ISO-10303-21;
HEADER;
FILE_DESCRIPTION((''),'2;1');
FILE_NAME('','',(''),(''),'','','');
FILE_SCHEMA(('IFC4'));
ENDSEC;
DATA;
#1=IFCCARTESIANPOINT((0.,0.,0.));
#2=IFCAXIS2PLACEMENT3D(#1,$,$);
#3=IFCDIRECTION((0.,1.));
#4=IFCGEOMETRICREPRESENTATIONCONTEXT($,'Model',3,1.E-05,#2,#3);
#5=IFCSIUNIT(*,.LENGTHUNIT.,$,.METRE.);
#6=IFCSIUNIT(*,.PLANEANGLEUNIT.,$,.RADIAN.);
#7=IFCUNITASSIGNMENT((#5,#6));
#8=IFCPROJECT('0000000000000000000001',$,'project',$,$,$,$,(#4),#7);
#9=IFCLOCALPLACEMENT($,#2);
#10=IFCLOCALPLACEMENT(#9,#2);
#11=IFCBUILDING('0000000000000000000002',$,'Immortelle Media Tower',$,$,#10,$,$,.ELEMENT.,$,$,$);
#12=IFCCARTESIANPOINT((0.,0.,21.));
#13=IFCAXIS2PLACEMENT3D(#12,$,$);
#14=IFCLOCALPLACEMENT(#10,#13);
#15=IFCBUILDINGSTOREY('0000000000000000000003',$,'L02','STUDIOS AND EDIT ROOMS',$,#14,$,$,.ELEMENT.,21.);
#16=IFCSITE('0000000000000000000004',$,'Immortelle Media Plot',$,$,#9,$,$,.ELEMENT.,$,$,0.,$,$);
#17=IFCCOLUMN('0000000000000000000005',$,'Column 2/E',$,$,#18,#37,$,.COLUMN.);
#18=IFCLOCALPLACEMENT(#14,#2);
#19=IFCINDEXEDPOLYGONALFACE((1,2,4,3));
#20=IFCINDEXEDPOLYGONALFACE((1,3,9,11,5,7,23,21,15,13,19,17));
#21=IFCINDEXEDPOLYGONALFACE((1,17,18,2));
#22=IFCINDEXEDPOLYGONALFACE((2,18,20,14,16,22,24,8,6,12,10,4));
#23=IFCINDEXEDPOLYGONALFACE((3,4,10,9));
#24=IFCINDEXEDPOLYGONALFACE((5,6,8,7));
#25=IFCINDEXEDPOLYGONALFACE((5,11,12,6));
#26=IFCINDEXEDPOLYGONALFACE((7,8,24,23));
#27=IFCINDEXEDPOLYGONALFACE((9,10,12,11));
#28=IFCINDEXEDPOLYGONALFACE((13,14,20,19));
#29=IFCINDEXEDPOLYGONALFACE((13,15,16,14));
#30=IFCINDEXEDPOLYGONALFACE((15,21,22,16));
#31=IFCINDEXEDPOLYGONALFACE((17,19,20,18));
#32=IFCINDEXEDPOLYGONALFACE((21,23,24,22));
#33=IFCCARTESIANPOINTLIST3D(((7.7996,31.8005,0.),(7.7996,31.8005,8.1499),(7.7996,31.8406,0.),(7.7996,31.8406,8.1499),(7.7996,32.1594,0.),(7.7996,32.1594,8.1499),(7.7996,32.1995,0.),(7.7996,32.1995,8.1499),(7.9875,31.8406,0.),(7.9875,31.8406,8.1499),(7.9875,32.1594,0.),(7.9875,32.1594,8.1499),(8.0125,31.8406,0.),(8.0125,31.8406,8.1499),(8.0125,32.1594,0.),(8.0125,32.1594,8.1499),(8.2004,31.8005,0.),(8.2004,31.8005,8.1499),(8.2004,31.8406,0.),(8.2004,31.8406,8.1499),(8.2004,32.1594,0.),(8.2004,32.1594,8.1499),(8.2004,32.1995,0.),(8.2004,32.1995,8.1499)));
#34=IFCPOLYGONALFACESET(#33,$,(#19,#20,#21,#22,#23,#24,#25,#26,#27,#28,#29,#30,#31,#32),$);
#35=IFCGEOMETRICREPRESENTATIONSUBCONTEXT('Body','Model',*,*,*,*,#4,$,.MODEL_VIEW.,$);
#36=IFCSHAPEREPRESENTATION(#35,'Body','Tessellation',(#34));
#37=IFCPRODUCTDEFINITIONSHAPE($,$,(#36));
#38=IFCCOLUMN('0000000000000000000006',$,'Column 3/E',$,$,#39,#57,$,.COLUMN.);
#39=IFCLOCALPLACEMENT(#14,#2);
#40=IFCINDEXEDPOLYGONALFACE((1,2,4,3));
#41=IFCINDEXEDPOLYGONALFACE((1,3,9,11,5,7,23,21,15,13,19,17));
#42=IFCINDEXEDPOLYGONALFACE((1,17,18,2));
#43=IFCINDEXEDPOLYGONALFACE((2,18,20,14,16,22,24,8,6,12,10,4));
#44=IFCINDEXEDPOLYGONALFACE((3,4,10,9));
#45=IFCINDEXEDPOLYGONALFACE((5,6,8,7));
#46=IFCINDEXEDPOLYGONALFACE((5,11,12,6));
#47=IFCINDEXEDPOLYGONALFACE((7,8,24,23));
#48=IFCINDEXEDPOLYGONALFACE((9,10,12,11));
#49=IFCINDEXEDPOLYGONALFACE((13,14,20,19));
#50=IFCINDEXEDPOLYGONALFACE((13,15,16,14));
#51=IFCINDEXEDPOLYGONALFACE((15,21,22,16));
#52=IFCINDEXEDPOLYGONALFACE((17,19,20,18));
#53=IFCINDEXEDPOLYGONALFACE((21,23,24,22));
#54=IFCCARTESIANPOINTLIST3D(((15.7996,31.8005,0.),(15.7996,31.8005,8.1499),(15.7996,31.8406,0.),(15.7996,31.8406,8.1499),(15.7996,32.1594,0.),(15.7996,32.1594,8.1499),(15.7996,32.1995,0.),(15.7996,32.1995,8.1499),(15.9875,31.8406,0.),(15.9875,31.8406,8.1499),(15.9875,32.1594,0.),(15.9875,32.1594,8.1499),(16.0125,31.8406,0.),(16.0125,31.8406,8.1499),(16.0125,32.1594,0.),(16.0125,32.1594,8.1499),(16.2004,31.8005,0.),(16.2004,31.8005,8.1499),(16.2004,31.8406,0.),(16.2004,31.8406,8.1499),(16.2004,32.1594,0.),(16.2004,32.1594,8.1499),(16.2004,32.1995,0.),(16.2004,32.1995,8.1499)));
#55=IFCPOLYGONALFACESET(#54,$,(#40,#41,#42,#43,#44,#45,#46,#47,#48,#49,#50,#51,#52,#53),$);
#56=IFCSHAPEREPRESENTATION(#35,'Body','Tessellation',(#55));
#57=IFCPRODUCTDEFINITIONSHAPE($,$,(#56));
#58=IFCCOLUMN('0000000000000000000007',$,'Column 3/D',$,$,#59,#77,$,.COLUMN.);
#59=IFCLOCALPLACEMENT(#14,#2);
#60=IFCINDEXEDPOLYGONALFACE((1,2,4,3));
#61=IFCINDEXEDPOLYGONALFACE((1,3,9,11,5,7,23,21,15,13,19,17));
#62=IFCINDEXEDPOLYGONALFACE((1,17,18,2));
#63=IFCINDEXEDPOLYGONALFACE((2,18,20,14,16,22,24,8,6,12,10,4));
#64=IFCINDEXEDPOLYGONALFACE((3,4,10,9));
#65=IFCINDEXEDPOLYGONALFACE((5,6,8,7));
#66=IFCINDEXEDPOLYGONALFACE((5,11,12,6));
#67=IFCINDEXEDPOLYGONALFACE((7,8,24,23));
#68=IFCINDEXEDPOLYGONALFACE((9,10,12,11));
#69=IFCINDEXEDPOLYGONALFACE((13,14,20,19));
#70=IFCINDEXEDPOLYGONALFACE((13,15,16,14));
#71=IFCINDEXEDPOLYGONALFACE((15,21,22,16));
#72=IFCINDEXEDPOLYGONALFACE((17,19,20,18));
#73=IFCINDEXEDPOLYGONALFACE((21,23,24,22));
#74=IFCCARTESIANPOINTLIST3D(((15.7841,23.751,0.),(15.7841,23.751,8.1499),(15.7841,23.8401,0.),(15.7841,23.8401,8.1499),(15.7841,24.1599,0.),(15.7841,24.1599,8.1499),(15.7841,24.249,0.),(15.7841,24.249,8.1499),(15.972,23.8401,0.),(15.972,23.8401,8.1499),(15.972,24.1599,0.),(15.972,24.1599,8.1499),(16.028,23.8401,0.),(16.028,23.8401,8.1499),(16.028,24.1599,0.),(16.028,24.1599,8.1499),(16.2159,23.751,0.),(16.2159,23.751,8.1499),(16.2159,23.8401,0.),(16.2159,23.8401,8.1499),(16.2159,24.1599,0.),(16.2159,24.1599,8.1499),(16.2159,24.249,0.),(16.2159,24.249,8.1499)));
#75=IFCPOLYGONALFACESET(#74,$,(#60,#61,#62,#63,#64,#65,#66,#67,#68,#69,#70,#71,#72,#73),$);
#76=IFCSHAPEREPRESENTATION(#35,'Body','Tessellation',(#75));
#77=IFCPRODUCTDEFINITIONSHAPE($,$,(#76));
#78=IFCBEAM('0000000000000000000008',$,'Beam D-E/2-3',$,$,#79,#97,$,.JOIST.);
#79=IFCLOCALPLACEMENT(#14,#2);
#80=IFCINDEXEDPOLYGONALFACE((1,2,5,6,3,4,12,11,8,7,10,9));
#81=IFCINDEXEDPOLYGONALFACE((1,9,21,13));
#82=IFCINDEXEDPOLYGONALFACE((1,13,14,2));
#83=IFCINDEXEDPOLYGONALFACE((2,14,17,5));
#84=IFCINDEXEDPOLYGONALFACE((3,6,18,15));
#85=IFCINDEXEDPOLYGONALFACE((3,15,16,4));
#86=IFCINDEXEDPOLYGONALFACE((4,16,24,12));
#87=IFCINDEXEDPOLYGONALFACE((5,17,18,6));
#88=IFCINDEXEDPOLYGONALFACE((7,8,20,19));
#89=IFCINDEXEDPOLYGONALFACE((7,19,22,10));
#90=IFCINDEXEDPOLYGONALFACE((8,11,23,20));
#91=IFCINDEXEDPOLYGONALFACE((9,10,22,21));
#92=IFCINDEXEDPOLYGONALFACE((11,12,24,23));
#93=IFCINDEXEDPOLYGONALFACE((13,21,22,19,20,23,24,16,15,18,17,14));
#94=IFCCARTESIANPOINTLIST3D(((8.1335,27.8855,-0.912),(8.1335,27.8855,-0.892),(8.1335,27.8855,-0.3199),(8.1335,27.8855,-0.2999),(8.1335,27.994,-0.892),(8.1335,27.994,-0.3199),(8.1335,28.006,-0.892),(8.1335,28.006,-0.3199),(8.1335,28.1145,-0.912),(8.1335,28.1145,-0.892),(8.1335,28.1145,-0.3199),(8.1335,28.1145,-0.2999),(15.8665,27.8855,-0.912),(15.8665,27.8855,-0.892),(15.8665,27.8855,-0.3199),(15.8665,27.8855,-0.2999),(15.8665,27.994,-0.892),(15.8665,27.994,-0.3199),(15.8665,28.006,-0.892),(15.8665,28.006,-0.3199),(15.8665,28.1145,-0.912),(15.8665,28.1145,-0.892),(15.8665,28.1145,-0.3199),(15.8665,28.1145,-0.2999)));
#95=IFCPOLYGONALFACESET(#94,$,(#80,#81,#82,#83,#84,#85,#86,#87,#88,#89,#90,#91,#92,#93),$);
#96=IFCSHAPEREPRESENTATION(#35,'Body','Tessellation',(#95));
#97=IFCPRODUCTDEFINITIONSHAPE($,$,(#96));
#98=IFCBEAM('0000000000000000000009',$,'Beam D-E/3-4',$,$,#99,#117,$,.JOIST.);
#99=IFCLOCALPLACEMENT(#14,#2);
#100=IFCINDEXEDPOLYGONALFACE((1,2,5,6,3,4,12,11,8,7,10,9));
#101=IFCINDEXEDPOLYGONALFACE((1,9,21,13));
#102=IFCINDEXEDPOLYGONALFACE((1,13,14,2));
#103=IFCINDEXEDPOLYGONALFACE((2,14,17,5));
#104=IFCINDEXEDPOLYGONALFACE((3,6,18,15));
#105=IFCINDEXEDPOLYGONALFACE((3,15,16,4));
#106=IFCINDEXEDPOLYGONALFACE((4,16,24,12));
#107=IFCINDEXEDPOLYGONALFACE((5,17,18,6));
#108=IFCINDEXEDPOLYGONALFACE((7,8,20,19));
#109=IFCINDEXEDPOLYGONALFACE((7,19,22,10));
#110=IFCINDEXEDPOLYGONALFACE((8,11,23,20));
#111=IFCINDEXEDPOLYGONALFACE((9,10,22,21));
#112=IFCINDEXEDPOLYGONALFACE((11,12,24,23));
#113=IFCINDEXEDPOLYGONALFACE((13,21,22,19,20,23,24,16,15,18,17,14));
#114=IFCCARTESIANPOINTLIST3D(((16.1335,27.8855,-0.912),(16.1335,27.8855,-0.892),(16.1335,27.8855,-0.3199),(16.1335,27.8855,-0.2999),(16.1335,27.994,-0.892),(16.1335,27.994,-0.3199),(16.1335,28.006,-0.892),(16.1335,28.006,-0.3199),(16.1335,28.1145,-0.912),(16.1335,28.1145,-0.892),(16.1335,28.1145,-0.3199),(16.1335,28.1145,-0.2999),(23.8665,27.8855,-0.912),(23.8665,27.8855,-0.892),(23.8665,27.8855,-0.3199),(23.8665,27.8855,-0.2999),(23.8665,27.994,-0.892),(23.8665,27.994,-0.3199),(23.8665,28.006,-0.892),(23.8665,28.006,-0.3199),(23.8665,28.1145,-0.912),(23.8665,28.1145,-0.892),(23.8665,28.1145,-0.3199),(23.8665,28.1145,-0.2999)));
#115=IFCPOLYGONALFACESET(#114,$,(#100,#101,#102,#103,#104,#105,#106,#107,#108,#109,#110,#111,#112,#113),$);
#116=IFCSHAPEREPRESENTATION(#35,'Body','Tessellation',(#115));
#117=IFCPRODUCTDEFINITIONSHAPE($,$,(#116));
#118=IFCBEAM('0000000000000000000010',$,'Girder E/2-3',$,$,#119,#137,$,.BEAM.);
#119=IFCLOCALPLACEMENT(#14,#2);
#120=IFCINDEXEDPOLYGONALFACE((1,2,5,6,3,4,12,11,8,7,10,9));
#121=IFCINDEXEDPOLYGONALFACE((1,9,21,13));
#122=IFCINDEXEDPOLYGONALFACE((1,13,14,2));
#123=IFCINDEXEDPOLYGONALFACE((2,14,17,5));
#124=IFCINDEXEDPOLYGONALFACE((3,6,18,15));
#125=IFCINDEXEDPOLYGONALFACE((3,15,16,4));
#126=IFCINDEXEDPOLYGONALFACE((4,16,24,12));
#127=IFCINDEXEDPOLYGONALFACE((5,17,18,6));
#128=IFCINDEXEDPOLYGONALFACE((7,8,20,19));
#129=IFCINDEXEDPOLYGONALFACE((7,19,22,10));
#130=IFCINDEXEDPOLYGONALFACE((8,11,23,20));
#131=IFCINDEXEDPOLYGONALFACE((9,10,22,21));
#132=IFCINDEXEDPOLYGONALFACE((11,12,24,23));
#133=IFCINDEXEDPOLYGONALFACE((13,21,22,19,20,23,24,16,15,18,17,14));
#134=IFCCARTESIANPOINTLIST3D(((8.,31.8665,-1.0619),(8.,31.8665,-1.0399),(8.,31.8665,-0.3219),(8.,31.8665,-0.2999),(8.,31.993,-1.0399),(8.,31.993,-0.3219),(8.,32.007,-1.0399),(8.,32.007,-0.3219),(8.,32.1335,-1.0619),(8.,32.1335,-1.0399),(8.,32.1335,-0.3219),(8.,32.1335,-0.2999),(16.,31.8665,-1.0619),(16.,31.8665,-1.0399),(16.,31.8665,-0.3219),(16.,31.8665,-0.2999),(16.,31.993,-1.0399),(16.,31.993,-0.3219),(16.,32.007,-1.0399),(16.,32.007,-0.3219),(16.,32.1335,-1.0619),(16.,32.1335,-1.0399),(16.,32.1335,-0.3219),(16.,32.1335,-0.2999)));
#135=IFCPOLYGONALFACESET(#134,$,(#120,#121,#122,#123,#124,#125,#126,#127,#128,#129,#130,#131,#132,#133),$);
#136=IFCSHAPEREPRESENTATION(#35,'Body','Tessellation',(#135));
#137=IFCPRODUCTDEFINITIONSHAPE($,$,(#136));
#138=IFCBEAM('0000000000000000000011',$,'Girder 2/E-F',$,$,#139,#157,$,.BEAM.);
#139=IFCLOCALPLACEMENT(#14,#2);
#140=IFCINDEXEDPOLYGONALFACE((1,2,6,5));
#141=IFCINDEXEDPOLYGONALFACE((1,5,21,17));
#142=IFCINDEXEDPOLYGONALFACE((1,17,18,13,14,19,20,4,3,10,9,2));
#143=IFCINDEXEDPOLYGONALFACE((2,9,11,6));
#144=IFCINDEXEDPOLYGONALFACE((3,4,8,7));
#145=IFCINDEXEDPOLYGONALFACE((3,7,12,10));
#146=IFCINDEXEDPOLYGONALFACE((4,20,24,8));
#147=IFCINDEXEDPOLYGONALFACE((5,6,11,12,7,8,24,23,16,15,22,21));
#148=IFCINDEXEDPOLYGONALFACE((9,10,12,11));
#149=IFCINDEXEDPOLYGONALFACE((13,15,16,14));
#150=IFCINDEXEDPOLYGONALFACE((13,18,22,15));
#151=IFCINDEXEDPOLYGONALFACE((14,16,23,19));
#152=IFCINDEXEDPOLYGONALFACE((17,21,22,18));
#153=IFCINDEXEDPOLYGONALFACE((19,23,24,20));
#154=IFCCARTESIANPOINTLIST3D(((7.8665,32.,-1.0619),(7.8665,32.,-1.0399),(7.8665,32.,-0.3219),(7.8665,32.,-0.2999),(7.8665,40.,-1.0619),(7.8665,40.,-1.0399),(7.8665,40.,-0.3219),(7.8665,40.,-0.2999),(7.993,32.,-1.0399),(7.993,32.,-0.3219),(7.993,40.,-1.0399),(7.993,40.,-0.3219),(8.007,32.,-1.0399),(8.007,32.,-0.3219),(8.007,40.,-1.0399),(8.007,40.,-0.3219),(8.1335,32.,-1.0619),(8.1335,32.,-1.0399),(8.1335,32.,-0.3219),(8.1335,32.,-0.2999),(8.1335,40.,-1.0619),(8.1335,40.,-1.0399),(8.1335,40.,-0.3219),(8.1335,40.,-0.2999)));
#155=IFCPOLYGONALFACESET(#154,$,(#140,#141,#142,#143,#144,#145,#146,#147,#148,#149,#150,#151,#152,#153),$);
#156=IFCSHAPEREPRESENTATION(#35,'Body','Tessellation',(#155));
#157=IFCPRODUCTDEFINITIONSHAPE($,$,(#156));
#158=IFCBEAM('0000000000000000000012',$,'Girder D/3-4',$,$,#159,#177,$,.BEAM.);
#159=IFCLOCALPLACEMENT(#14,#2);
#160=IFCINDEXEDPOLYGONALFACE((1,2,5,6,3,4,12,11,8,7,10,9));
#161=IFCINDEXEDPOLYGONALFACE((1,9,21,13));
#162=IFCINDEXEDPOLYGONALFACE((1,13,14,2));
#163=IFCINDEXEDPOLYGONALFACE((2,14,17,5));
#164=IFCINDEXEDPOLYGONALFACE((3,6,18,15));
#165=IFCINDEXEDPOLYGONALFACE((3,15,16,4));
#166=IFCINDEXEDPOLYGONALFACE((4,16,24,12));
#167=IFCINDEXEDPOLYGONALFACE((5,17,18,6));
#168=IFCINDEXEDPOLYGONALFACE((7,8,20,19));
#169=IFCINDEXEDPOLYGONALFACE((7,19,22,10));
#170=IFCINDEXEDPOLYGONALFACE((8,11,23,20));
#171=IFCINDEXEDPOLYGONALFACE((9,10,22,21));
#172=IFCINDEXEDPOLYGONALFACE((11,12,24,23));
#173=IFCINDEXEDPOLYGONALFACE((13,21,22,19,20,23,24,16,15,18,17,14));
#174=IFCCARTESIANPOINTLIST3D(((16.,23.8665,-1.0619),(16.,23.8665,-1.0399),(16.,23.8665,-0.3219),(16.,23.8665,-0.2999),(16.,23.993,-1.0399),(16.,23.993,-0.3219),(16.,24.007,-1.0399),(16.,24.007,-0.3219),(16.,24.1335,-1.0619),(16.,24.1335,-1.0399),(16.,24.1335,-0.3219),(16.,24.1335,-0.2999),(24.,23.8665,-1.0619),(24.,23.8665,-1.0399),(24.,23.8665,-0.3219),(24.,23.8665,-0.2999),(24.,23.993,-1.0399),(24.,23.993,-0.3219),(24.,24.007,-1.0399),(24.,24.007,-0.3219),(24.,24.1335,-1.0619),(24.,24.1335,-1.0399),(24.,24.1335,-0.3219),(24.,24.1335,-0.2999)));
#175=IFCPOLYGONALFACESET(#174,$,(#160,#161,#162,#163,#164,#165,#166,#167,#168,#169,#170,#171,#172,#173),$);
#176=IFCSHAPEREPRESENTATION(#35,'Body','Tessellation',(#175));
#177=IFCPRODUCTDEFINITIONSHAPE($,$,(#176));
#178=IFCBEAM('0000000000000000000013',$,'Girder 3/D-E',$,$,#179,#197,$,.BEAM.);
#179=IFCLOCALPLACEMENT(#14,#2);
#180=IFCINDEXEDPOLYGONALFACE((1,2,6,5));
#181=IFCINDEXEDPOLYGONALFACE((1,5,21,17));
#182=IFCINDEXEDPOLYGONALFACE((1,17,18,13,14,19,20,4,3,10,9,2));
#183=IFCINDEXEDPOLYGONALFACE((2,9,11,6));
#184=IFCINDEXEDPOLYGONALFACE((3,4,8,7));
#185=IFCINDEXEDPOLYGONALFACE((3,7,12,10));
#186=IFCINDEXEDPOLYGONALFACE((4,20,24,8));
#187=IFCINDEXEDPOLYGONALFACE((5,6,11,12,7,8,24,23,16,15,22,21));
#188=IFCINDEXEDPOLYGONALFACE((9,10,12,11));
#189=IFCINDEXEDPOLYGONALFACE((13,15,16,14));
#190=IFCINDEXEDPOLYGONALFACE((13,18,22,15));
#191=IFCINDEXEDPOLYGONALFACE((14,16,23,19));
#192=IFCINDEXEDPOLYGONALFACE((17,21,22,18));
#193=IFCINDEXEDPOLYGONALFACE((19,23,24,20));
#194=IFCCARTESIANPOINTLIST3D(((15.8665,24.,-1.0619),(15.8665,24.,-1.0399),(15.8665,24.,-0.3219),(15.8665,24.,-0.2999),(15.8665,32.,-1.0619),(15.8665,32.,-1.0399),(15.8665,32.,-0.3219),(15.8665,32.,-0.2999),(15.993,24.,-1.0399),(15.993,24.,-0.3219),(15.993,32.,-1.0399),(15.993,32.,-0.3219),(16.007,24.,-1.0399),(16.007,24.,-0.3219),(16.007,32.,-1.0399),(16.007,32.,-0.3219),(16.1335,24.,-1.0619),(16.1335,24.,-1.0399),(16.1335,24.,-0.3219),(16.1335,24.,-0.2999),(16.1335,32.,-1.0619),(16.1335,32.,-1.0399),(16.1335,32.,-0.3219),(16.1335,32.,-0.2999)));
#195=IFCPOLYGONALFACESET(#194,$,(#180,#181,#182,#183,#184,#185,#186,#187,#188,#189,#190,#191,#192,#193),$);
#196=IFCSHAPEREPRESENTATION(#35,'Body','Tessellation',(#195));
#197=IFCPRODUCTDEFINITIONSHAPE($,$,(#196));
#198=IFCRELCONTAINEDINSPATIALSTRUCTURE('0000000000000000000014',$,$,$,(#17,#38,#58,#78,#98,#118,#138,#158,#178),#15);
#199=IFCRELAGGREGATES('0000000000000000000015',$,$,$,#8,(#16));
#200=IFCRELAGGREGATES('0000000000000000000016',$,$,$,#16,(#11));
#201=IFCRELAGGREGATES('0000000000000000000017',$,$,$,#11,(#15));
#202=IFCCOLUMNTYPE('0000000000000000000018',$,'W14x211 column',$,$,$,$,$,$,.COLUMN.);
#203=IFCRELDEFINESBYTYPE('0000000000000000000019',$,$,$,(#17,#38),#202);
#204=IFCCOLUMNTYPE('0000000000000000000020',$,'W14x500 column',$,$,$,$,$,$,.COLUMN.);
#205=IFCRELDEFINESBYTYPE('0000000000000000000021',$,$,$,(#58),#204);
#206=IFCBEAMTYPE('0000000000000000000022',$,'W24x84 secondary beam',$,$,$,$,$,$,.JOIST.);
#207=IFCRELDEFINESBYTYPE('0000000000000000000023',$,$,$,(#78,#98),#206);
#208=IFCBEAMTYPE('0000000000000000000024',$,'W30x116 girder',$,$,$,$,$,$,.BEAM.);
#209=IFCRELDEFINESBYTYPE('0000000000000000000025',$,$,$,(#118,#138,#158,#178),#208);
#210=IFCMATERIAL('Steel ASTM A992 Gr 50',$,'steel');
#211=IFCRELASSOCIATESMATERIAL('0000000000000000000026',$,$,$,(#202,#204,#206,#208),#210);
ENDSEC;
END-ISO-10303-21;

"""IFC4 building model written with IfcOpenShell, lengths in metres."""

from ifc_helpers import new_model, si_unit, direction, frame, origin, origin_2d, place, context, subcontext, project, spatial, i_section, extrude, material, material_profile, profile_set, type_object, element, save


model = new_model("IFC4")

# Units and contexts
model_context = context("Model", 3, precision=1e-05, world=origin(), true_north=direction((0.0, 1.0)))
body_context = subcontext(model_context, "Body", "Model", "MODEL_VIEW")
ifc_project = project(units=[si_unit("LENGTHUNIT", "METRE"), si_unit("PLANEANGLEUNIT", "RADIAN")], contexts=[model_context])

# Site, building, storey
site_placement = place(None, origin())
site = spatial("IfcSite", under=ifc_project, at=site_placement, Name="Immortelle Media Plot", CompositionType="ELEMENT", RefElevation=0.0)
building_placement = place(site_placement, origin())
building = spatial("IfcBuilding", under=site, at=building_placement, Name="Immortelle Media Tower", CompositionType="ELEMENT")
storey_placement = place(building_placement, frame((0.0, 0.0, 21.0)))
storey = spatial("IfcBuildingStorey", under=building, at=storey_placement, Name="L02", Description="STUDIOS AND EDIT ROOMS", CompositionType="ELEMENT", Elevation=21.0)

# Columns
ifc_material_1 = material(Name="Steel ASTM A992 Gr 50", Category="steel")
ifc_material_profile_1 = material_profile(ifc_material_1, i_section(OverallWidth=0.4009, OverallDepth=0.3989, WebThickness=0.0249, FlangeThickness=0.04, at=origin_2d()), Name="W14x211")
ifc_profile_set_1 = profile_set([ifc_material_profile_1], Name="Steel ASTM A992 Gr 50")
column_type_1 = type_object("IfcColumnType", Name="W14x211 column", PredefinedType="COLUMN", material=ifc_profile_set_1)
for number, where, z_axis, x_axis, name in (
    (1, (8.0, 32.0, 0.0), (0.0, 0.0, 1.0), (1.0, 0.0, 0.0), "Column 2/E"),
    (2, (16.0, 32.0, 0.0), (0.0, 0.0, 1.0), (1.0, 0.0, 0.0), "Column 3/E"),
):
    element("IfcColumn", number, at=place(storey_placement, frame(where, z_axis=z_axis, x_axis=x_axis)), inside=storey, type_object=column_type_1, Name=name, PredefinedType="COLUMN", context=body_context, shape_type="SweptSolid", body=[
        extrude(i_section(OverallWidth=0.4009, OverallDepth=0.3989, WebThickness=0.0249, FlangeThickness=0.04, at=origin_2d()), origin(), (0.0, 0.0, 1.0), 8.1499),
    ])
ifc_material_profile_2 = material_profile(ifc_material_1, i_section(OverallWidth=0.4319, OverallDepth=0.498, WebThickness=0.0559, FlangeThickness=0.0891, at=origin_2d()), Name="W14x500")
ifc_profile_set_2 = profile_set([ifc_material_profile_2], Name="Steel ASTM A992 Gr 50")
column_type_2 = type_object("IfcColumnType", Name="W14x500 column", PredefinedType="COLUMN", material=ifc_profile_set_2)
column_placement = place(storey_placement, frame((16.0, 24.0, 0.0), z_axis=(0.0, 0.0, 1.0), x_axis=(1.0, 0.0, 0.0)))
element("IfcColumn", 3, at=column_placement, inside=storey, type_object=column_type_2, Name="Column 3/D", PredefinedType="COLUMN", context=body_context, shape_type="SweptSolid", body=[
    extrude(i_section(OverallWidth=0.4319, OverallDepth=0.498, WebThickness=0.0559, FlangeThickness=0.0891, at=origin_2d()), origin(), (0.0, 0.0, 1.0), 8.1499),
])

# Beams
ifc_material_profile_3 = material_profile(ifc_material_1, i_section(OverallWidth=0.229, OverallDepth=0.6121, WebThickness=0.012, FlangeThickness=0.02, at=origin_2d()), Name="W24x84")
ifc_profile_set_3 = profile_set([ifc_material_profile_3], Name="Steel ASTM A992 Gr 50")
beam_type_1 = type_object("IfcBeamType", Name="W24x84 secondary beam", PredefinedType="JOIST", material=ifc_profile_set_3)
for number, where, z_axis, x_axis, name in (
    (4, (8.1335, 28.0, -0.606), (1.0, 0.0, 0.0), (0.0, 1.0, 0.0), "Beam D-E/2-3"),
    (5, (16.1335, 28.0, -0.606), (1.0, 0.0, 0.0), (0.0, 1.0, 0.0), "Beam D-E/3-4"),
):
    element("IfcBeam", number, at=place(storey_placement, frame(where, z_axis=z_axis, x_axis=x_axis)), inside=storey, type_object=beam_type_1, Name=name, PredefinedType="JOIST", context=body_context, shape_type="SweptSolid", body=[
        extrude(i_section(OverallWidth=0.229, OverallDepth=0.6121, WebThickness=0.012, FlangeThickness=0.02, at=origin_2d()), origin(), (0.0, 0.0, 1.0), 7.7329),
    ])
ifc_material_profile_4 = material_profile(ifc_material_1, i_section(OverallWidth=0.2671, OverallDepth=0.762, WebThickness=0.0139, FlangeThickness=0.022, at=origin_2d()), Name="W30x116")
ifc_profile_set_4 = profile_set([ifc_material_profile_4], Name="Steel ASTM A992 Gr 50")
beam_type_2 = type_object("IfcBeamType", Name="W30x116 girder", PredefinedType="BEAM", material=ifc_profile_set_4)
for number, where, z_axis, x_axis, name in (
    (6, (8.0, 32.0, -0.6809), (1.0, 0.0, 0.0), (0.0, 1.0, 0.0), "Girder E/2-3"),
    (7, (8.0, 32.0, -0.6809), (0.0, 1.0, 0.0), (-1.0, 0.0, 0.0), "Girder 2/E-F"),
    (8, (16.0, 24.0, -0.6809), (1.0, 0.0, 0.0), (0.0, 1.0, 0.0), "Girder D/3-4"),
    (9, (16.0, 24.0, -0.6809), (0.0, 1.0, 0.0), (-1.0, 0.0, 0.0), "Girder 3/D-E"),
):
    element("IfcBeam", number, at=place(storey_placement, frame(where, z_axis=z_axis, x_axis=x_axis)), inside=storey, type_object=beam_type_2, Name=name, PredefinedType="BEAM", context=body_context, shape_type="SweptSolid", body=[
        extrude(i_section(OverallWidth=0.2671, OverallDepth=0.762, WebThickness=0.0139, FlangeThickness=0.022, at=origin_2d()), origin(), (0.0, 0.0, 1.0), 8.0),
    ])

save(model, "model.ifc")
